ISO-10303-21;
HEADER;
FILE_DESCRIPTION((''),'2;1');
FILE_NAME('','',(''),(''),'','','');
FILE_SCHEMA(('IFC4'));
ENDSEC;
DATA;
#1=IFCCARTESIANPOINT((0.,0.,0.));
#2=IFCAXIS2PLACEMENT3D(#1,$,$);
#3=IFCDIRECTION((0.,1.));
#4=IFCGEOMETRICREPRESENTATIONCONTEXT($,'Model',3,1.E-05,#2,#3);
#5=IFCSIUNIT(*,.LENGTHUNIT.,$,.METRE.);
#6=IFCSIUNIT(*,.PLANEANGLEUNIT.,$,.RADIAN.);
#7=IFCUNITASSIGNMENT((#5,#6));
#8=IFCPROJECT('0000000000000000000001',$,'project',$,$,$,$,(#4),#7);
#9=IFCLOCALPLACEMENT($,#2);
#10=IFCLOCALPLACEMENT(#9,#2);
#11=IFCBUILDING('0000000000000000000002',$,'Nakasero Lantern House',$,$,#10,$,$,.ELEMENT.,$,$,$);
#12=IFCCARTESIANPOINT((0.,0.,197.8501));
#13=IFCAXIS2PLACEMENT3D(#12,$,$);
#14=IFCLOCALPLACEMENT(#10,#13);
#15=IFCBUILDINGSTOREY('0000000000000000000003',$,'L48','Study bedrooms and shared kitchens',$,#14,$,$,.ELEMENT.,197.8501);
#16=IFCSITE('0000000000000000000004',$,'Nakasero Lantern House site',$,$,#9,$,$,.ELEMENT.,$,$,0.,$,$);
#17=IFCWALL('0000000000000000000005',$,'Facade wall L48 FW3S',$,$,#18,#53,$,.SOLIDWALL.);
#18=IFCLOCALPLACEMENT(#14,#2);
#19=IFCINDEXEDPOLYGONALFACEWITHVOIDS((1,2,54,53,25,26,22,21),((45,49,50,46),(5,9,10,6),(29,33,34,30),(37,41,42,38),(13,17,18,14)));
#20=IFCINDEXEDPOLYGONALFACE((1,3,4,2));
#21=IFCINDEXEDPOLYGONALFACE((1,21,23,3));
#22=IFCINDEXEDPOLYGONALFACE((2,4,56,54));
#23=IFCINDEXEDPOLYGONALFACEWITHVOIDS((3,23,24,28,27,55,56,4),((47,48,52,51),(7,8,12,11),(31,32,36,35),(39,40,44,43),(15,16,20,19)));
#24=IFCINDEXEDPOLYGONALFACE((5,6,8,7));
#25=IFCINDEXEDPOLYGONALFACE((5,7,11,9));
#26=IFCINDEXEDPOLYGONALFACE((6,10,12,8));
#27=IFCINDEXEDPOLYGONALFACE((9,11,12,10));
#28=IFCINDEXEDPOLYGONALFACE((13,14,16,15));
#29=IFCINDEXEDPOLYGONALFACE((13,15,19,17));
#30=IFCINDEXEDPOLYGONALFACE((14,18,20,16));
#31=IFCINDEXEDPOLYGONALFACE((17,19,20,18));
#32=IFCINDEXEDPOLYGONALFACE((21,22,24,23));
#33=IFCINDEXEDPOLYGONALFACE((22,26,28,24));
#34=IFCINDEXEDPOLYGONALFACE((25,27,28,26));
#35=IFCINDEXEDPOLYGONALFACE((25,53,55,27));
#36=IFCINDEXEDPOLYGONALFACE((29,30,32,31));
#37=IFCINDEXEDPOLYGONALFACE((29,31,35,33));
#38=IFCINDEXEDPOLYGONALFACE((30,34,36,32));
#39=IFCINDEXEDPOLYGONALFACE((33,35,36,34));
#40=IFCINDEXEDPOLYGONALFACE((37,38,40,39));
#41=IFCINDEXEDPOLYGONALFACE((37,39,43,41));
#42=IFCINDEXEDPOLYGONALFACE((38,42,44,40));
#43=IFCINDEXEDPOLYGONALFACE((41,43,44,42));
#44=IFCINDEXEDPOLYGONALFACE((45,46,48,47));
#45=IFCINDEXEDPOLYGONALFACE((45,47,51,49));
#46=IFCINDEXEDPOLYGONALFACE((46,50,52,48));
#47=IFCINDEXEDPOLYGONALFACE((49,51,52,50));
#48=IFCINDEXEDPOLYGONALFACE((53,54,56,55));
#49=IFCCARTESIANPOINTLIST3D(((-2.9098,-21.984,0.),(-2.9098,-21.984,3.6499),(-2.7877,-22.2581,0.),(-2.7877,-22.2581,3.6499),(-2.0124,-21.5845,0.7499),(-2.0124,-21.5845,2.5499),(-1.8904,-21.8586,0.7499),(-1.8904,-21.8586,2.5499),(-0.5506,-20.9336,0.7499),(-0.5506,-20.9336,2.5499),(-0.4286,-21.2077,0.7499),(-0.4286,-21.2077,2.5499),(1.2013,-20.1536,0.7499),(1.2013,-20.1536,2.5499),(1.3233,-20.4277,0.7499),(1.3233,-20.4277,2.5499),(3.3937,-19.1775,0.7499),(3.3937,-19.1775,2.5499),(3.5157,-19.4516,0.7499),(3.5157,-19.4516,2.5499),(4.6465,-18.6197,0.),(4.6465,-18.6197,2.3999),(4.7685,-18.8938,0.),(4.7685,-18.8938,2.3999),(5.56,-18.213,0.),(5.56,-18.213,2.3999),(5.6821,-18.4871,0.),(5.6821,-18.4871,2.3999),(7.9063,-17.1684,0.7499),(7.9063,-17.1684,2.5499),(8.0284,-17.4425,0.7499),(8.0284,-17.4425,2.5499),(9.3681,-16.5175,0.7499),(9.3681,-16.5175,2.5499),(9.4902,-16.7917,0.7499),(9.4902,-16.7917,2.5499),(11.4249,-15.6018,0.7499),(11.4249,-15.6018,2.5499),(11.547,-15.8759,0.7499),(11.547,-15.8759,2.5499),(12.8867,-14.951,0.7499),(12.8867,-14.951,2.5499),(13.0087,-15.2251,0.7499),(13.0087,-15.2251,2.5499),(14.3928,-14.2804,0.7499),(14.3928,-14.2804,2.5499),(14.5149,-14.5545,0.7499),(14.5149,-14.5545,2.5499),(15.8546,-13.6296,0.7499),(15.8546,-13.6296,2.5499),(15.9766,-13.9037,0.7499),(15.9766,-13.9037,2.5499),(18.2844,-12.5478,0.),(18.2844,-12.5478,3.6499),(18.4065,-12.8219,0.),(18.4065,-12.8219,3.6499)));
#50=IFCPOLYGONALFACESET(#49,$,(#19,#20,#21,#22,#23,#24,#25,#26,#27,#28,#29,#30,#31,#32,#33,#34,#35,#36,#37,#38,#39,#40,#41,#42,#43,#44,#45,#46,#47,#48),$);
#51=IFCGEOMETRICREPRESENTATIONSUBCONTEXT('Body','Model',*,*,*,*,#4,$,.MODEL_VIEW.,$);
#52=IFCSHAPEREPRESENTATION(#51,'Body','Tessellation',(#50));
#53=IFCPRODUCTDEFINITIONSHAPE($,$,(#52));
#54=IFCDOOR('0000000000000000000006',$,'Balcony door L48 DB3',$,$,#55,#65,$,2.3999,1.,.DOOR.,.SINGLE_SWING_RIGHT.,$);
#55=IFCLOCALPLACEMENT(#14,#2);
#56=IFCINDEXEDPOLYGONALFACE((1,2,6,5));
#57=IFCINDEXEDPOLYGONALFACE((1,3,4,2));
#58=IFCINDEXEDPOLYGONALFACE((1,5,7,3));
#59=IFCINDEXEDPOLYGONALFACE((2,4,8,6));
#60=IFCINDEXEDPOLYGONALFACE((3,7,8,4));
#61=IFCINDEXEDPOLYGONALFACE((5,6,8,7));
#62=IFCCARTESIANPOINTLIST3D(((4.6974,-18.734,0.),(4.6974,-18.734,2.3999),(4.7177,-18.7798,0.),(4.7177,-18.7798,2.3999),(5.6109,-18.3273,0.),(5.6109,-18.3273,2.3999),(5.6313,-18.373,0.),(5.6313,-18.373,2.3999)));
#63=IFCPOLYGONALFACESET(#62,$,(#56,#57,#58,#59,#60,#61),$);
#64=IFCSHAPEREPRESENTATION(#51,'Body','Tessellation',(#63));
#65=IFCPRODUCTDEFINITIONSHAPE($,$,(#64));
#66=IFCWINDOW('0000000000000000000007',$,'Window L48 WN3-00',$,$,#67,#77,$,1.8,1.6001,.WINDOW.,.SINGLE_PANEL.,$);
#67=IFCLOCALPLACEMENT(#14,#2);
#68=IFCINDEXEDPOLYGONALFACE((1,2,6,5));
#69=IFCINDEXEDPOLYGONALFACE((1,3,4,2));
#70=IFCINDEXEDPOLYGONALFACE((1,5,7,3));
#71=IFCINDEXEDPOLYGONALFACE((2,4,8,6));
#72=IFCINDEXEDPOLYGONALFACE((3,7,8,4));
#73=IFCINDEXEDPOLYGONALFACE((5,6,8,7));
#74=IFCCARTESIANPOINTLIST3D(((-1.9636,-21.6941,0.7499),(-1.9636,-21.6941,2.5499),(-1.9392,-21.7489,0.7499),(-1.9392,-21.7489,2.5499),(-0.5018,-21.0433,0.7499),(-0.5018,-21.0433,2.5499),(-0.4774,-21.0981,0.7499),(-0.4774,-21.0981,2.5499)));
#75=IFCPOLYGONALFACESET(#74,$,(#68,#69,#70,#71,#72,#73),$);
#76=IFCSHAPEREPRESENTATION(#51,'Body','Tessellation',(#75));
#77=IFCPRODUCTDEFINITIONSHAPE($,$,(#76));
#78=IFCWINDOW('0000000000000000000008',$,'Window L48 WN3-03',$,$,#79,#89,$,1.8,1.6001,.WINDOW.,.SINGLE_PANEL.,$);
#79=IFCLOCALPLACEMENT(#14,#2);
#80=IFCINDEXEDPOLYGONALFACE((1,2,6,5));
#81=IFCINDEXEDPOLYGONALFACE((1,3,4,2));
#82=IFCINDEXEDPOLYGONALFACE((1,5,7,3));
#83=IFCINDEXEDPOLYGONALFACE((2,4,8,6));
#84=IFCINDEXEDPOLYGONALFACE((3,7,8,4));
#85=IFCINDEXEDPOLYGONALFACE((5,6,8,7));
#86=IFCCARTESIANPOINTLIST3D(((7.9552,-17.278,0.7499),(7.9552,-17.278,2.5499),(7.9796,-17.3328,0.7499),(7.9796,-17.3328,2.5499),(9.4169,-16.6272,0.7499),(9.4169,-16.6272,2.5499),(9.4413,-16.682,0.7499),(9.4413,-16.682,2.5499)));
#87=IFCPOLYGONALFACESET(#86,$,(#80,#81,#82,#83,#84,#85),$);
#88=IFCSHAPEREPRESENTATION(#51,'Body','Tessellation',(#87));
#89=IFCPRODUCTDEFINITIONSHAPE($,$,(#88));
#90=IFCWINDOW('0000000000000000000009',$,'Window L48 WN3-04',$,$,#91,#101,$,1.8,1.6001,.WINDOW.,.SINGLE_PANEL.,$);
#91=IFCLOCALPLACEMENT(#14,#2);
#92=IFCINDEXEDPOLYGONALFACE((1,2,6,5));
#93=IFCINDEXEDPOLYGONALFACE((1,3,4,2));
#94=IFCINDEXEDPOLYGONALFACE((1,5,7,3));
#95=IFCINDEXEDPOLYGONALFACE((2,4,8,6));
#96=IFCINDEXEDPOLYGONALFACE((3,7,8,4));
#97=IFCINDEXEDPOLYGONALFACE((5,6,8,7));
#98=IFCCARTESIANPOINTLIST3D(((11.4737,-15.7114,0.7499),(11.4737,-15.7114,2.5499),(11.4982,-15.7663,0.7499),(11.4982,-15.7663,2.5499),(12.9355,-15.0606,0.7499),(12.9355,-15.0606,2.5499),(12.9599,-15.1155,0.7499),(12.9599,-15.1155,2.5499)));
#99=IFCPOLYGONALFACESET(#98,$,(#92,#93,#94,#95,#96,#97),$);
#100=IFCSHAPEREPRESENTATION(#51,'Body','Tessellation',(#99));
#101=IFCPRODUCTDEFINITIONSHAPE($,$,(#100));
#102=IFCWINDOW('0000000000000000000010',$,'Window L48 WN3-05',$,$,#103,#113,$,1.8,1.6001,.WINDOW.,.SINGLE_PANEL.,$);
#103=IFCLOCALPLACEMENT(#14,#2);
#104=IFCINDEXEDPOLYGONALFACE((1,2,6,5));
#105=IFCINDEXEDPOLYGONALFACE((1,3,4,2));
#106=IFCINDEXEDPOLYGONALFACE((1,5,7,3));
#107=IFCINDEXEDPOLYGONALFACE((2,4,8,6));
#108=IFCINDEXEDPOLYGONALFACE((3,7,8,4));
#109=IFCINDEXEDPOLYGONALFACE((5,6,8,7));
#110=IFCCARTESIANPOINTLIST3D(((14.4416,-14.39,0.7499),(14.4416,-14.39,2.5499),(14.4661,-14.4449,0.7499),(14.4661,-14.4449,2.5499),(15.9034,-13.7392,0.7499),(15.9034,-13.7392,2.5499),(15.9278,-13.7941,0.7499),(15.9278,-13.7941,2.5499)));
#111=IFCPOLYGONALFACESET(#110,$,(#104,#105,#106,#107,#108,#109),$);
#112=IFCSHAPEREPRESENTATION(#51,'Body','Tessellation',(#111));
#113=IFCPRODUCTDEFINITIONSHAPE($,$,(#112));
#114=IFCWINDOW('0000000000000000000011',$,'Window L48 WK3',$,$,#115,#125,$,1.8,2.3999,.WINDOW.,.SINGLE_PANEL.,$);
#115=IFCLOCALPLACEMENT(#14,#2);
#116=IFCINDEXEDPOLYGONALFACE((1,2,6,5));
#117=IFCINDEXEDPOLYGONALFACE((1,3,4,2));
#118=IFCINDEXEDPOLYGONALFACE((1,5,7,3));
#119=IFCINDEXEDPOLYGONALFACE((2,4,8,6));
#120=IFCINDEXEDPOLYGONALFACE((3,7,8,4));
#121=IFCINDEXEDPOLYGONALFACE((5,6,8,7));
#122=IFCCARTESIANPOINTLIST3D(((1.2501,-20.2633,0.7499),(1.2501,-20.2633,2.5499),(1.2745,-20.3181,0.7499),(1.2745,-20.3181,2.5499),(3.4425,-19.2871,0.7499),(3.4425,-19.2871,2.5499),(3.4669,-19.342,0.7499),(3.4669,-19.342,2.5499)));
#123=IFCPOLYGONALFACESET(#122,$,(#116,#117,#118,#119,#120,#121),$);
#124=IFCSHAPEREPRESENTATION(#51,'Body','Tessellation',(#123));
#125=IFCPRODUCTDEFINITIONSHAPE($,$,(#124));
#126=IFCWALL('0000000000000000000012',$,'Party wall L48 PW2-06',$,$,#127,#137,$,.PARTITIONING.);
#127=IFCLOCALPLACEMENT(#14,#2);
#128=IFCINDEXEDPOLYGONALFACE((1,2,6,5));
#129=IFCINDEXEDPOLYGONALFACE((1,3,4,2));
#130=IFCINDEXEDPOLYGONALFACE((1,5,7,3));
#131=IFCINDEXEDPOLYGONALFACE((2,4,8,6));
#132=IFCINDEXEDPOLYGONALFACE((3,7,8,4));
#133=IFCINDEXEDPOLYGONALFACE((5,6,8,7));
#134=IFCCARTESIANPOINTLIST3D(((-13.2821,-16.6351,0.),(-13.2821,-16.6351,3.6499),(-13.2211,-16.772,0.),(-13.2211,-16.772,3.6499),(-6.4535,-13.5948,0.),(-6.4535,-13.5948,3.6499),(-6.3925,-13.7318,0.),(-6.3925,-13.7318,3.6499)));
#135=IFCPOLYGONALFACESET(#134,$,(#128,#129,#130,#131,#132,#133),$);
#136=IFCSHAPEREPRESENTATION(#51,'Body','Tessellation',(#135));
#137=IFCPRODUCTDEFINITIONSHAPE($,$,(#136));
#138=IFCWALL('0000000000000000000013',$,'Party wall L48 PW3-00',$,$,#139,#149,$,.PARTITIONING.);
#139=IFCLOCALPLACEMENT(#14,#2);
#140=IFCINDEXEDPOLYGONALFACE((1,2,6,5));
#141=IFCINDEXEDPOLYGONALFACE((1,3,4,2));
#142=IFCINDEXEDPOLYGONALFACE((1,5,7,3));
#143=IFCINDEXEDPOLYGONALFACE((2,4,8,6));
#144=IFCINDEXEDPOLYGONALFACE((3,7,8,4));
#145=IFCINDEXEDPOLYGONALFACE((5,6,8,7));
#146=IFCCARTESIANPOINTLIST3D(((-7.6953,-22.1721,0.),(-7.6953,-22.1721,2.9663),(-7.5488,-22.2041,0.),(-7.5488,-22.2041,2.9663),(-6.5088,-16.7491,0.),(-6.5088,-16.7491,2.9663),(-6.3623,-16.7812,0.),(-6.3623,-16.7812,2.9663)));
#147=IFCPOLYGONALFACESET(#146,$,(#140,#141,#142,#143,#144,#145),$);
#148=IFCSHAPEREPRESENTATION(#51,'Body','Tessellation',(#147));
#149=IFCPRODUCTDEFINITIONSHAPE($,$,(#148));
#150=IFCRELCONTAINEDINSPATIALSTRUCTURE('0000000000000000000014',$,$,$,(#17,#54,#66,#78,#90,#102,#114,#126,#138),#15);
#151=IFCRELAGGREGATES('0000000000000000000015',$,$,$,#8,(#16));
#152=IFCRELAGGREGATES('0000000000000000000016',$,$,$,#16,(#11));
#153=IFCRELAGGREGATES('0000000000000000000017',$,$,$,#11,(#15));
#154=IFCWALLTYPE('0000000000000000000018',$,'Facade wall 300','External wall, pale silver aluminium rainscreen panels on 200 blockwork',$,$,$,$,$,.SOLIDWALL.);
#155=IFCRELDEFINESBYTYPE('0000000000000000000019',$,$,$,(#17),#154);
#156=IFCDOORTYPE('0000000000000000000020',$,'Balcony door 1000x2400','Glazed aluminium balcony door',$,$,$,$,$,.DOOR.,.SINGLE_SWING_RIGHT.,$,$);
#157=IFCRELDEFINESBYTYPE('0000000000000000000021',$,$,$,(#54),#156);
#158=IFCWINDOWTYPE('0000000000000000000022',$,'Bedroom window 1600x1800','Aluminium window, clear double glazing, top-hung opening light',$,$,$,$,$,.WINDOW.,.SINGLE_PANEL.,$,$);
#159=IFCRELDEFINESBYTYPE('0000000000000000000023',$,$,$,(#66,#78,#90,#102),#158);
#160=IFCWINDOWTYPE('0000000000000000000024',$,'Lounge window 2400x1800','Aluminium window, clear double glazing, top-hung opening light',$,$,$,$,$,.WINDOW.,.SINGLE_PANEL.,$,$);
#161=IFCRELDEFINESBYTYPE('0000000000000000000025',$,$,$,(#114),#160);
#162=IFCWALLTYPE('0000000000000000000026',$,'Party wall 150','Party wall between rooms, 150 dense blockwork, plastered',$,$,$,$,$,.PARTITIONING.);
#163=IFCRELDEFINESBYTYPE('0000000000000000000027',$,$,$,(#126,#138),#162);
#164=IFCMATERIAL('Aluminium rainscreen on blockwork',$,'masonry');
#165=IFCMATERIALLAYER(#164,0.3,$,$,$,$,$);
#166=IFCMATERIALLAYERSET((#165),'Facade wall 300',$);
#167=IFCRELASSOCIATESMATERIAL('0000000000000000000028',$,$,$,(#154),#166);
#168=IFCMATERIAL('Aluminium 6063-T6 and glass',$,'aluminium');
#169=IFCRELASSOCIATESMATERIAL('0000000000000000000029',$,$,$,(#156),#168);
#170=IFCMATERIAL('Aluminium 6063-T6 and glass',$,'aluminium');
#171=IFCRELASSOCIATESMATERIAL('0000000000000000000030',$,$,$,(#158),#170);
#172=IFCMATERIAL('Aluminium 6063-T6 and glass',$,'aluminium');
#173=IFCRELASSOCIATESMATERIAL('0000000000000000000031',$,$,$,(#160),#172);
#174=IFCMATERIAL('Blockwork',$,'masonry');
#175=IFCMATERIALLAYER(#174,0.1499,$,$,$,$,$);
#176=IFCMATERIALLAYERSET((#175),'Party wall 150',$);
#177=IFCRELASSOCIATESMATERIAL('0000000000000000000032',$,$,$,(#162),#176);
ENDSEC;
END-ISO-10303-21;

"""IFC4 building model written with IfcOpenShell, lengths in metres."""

from ifc_helpers import new_model, si_unit, direction, frame, frame_2d, origin, place, context, subcontext, project, spatial, rectangle, extrude, material, layer, layer_set, type_object, element, fill, save


model = new_model("IFC4")

# Units and contexts
model_context = context("Model", 3, precision=1e-05, world=origin(), true_north=direction((0.0, 1.0)))
body_context = subcontext(model_context, "Body", "Model", "MODEL_VIEW")
ifc_project = project(units=[si_unit("LENGTHUNIT", "METRE"), si_unit("PLANEANGLEUNIT", "RADIAN")], contexts=[model_context])

# Site, building, storey
site_placement = place(None, origin())
site = spatial("IfcSite", under=ifc_project, at=site_placement, Name="Nakasero Lantern House site", CompositionType="ELEMENT", RefElevation=0.0)
building_placement = place(site_placement, origin())
building = spatial("IfcBuilding", under=site, at=building_placement, Name="Nakasero Lantern House", CompositionType="ELEMENT")
storey_placement = place(building_placement, frame((0.0, 0.0, 197.8501)))
storey = spatial("IfcBuildingStorey", under=building, at=storey_placement, Name="L48", Description="Study bedrooms and shared kitchens", CompositionType="ELEMENT", Elevation=197.8501)

# Shared definitions
ifc_material_1 = material(Name="Aluminium rainscreen on blockwork", Category="masonry")
ifc_layer_1 = layer(ifc_material_1, 0.3)
ifc_layer_set_1 = layer_set([ifc_layer_1], Name="Facade wall 300")
wall_type_1 = type_object("IfcWallType", Name="Facade wall 300", Description="External wall, pale silver aluminium rainscreen panels on 200 blockwork", PredefinedType="SOLIDWALL", material=ifc_layer_set_1)

# Wall, openings, door, windows
wall_1_placement = place(storey_placement, frame((-2.8489, -22.1211, 0.0), z_axis=(0.0, 0.0, 1.0), x_axis=(0.913546, 0.406735, 0.0)))
wall_1 = element("IfcWall", 1, at=wall_1_placement, inside=storey, type_object=wall_type_1, Name="Facade wall L48 FW3S", PredefinedType="SOLIDWALL", context=body_context, shape_type="SweptSolid", body=[
    extrude(rectangle(XDim=23.2, YDim=0.3, at=frame_2d((11.6001, 0.0))), origin(), (0.0, 0.0, 1.0), 3.6499),
])
opening_1_placement = place(wall_1_placement, frame((0.9824, 0.0, 0.75)))
opening_1 = element("IfcOpeningElement", 2, at=opening_1_placement, cuts=wall_1, PredefinedType="OPENING", context=body_context, shape_type="SweptSolid", body=[
    extrude(rectangle(XDim=1.6001, YDim=1.8, at=frame_2d((0.8, 0.8999))), frame((0.0, 0.1699, 0.0), z_axis=(0.0, -1.0, 0.0), x_axis=(1.0, 0.0, 0.0)), (0.0, 0.0, 1.0), 0.3401),
])
opening_2_placement = place(wall_1_placement, frame((11.8398, 0.0, 0.75)))
opening_2 = element("IfcOpeningElement", 3, at=opening_2_placement, cuts=wall_1, PredefinedType="OPENING", context=body_context, shape_type="SweptSolid", body=[
    extrude(rectangle(XDim=1.6001, YDim=1.8, at=frame_2d((0.8, 0.8999))), frame((0.0, 0.1699, 0.0), z_axis=(0.0, -1.0, 0.0), x_axis=(1.0, 0.0, 0.0)), (0.0, 0.0, 1.0), 0.3401),
])
opening_3_placement = place(wall_1_placement, frame((15.6914, 0.0, 0.75)))
opening_3 = element("IfcOpeningElement", 4, at=opening_3_placement, cuts=wall_1, PredefinedType="OPENING", context=body_context, shape_type="SweptSolid", body=[
    extrude(rectangle(XDim=1.6001, YDim=1.8, at=frame_2d((0.8, 0.8999))), frame((0.0, 0.1699, 0.0), z_axis=(0.0, -1.0, 0.0), x_axis=(1.0, 0.0, 0.0)), (0.0, 0.0, 1.0), 0.3401),
])
opening_4_placement = place(wall_1_placement, frame((18.9402, 0.0, 0.75)))
opening_4 = element("IfcOpeningElement", 5, at=opening_4_placement, cuts=wall_1, PredefinedType="OPENING", context=body_context, shape_type="SweptSolid", body=[
    extrude(rectangle(XDim=1.6001, YDim=1.8, at=frame_2d((0.8, 0.8999))), frame((0.0, 0.1699, 0.0), z_axis=(0.0, -1.0, 0.0), x_axis=(1.0, 0.0, 0.0)), (0.0, 0.0, 1.0), 0.3401),
])
opening_5_placement = place(wall_1_placement, frame((4.5002, 0.0, 0.75)))
opening_5 = element("IfcOpeningElement", 6, at=opening_5_placement, cuts=wall_1, PredefinedType="OPENING", context=body_context, shape_type="SweptSolid", body=[
    extrude(rectangle(XDim=2.3999, YDim=1.8, at=frame_2d((1.2, 0.8999))), frame((0.0, 0.1699, 0.0), z_axis=(0.0, -1.0, 0.0), x_axis=(1.0, 0.0, 0.0)), (0.0, 0.0, 1.0), 0.3401),
])
opening_6_placement = place(wall_1_placement, frame((8.2715, 0.0, 0.0)))
opening_6 = element("IfcOpeningElement", 7, at=opening_6_placement, cuts=wall_1, PredefinedType="OPENING", context=body_context, shape_type="SweptSolid", body=[
    extrude(rectangle(XDim=1.0, YDim=2.3999, at=frame_2d((0.5, 1.2))), frame((0.0, 0.1699, 0.0), z_axis=(0.0, -1.0, 0.0), x_axis=(1.0, 0.0, 0.0)), (0.0, 0.0, 1.0), 0.3401),
])
ifc_material_2 = material(Name="Aluminium 6063-T6 and glass", Category="aluminium")
door_type_1 = type_object("IfcDoorType", Name="Balcony door 1000x2400", Description="Glazed aluminium balcony door", OperationType="SINGLE_SWING_RIGHT", PredefinedType="DOOR", material=ifc_material_2)
door_1_placement = place(opening_6_placement, origin())
door_1 = element("IfcDoor", 8, at=door_1_placement, inside=storey, type_object=door_type_1, Name="Balcony door L48 DB3", OperationType="SINGLE_SWING_RIGHT", OverallHeight=2.3999, OverallWidth=1.0, PredefinedType="DOOR", context=body_context, shape_type="SweptSolid", body=[
    extrude(rectangle(XDim=1.0, YDim=2.3999, at=frame_2d((0.5, 1.2))), frame((0.0, 0.0249, 0.0), z_axis=(0.0, -1.0, 0.0), x_axis=(1.0, 0.0, 0.0)), (0.0, 0.0, 1.0), 0.05),
])
fill(opening_6, door_1)
ifc_material_3 = material(Name="Aluminium 6063-T6 and glass", Category="aluminium")
window_type_1 = type_object("IfcWindowType", Name="Bedroom window 1600x1800", Description="Aluminium window, clear double glazing, top-hung opening light", PartitioningType="SINGLE_PANEL", PredefinedType="WINDOW", material=ifc_material_3)
window_1_placement = place(opening_1_placement, origin())
window_1 = element("IfcWindow", 9, at=window_1_placement, inside=storey, type_object=window_type_1, Name="Window L48 WN3-00", OverallHeight=1.8, OverallWidth=1.6001, PartitioningType="SINGLE_PANEL", PredefinedType="WINDOW", context=body_context, shape_type="SweptSolid", body=[
    extrude(rectangle(XDim=1.6001, YDim=1.8, at=frame_2d((0.8, 0.8999))), frame((0.0, 0.03, 0.0), z_axis=(0.0, -1.0, 0.0), x_axis=(1.0, 0.0, 0.0)), (0.0, 0.0, 1.0), 0.0601),
])
fill(opening_1, window_1)
window_2_placement = place(opening_2_placement, origin())
window_2 = element("IfcWindow", 10, at=window_2_placement, inside=storey, type_object=window_type_1, Name="Window L48 WN3-03", OverallHeight=1.8, OverallWidth=1.6001, PartitioningType="SINGLE_PANEL", PredefinedType="WINDOW", context=body_context, shape_type="SweptSolid", body=[
    extrude(rectangle(XDim=1.6001, YDim=1.8, at=frame_2d((0.8, 0.8999))), frame((0.0, 0.03, 0.0), z_axis=(0.0, -1.0, 0.0), x_axis=(1.0, 0.0, 0.0)), (0.0, 0.0, 1.0), 0.0601),
])
fill(opening_2, window_2)
window_3_placement = place(opening_3_placement, origin())
window_3 = element("IfcWindow", 11, at=window_3_placement, inside=storey, type_object=window_type_1, Name="Window L48 WN3-04", OverallHeight=1.8, OverallWidth=1.6001, PartitioningType="SINGLE_PANEL", PredefinedType="WINDOW", context=body_context, shape_type="SweptSolid", body=[
    extrude(rectangle(XDim=1.6001, YDim=1.8, at=frame_2d((0.8, 0.8999))), frame((0.0, 0.03, 0.0), z_axis=(0.0, -1.0, 0.0), x_axis=(1.0, 0.0, 0.0)), (0.0, 0.0, 1.0), 0.0601),
])
fill(opening_3, window_3)
window_4_placement = place(opening_4_placement, origin())
window_4 = element("IfcWindow", 12, at=window_4_placement, inside=storey, type_object=window_type_1, Name="Window L48 WN3-05", OverallHeight=1.8, OverallWidth=1.6001, PartitioningType="SINGLE_PANEL", PredefinedType="WINDOW", context=body_context, shape_type="SweptSolid", body=[
    extrude(rectangle(XDim=1.6001, YDim=1.8, at=frame_2d((0.8, 0.8999))), frame((0.0, 0.03, 0.0), z_axis=(0.0, -1.0, 0.0), x_axis=(1.0, 0.0, 0.0)), (0.0, 0.0, 1.0), 0.0601),
])
fill(opening_4, window_4)
ifc_material_4 = material(Name="Aluminium 6063-T6 and glass", Category="aluminium")
window_type_2 = type_object("IfcWindowType", Name="Lounge window 2400x1800", Description="Aluminium window, clear double glazing, top-hung opening light", PartitioningType="SINGLE_PANEL", PredefinedType="WINDOW", material=ifc_material_4)
window_5_placement = place(opening_5_placement, origin())
window_5 = element("IfcWindow", 13, at=window_5_placement, inside=storey, type_object=window_type_2, Name="Window L48 WK3", OverallHeight=1.8, OverallWidth=2.3999, PartitioningType="SINGLE_PANEL", PredefinedType="WINDOW", context=body_context, shape_type="SweptSolid", body=[
    extrude(rectangle(XDim=2.3999, YDim=1.8, at=frame_2d((1.2, 0.8999))), frame((0.0, 0.03, 0.0), z_axis=(0.0, -1.0, 0.0), x_axis=(1.0, 0.0, 0.0)), (0.0, 0.0, 1.0), 0.0601),
])
fill(opening_5, window_5)

# Walls
ifc_material_5 = material(Name="Blockwork", Category="masonry")
ifc_layer_2 = layer(ifc_material_5, 0.1499)
ifc_layer_set_2 = layer_set([ifc_layer_2], Name="Party wall 150")
wall_type_2 = type_object("IfcWallType", Name="Party wall 150", Description="Party wall between rooms, 150 dense blockwork, plastered", PredefinedType="PARTITIONING", material=ifc_layer_set_2)
wall_2_placement = place(storey_placement, frame((-6.4231, -13.6633, 0.0), z_axis=(0.0, 0.0, 1.0), x_axis=(-0.913546, -0.406735, 0.0)))
element("IfcWall", 14, at=wall_2_placement, inside=storey, type_object=wall_type_2, Name="Party wall L48 PW2-06", PredefinedType="PARTITIONING", context=body_context, shape_type="SweptSolid", body=[
    extrude(rectangle(XDim=7.4749, YDim=0.1499, at=frame_2d((3.7373, 0.0))), origin(), (0.0, 0.0, 1.0), 3.6499),
])
wall_3_placement = place(storey_placement, frame((-6.4355, -16.7651, 0.0), z_axis=(0.0, 0.0, 1.0), x_axis=(-0.213735, -0.976892, 0.0)))
element("IfcWall", 15, at=wall_3_placement, inside=storey, type_object=wall_type_2, Name="Party wall L48 PW3-00", PredefinedType="PARTITIONING", context=body_context, shape_type="SweptSolid", body=[
    extrude(rectangle(XDim=5.5513, YDim=0.1499, at=frame_2d((2.7756, 0.0))), origin(), (0.0, 0.0, 1.0), 2.9663),
])

save(model, "model.ifc")
